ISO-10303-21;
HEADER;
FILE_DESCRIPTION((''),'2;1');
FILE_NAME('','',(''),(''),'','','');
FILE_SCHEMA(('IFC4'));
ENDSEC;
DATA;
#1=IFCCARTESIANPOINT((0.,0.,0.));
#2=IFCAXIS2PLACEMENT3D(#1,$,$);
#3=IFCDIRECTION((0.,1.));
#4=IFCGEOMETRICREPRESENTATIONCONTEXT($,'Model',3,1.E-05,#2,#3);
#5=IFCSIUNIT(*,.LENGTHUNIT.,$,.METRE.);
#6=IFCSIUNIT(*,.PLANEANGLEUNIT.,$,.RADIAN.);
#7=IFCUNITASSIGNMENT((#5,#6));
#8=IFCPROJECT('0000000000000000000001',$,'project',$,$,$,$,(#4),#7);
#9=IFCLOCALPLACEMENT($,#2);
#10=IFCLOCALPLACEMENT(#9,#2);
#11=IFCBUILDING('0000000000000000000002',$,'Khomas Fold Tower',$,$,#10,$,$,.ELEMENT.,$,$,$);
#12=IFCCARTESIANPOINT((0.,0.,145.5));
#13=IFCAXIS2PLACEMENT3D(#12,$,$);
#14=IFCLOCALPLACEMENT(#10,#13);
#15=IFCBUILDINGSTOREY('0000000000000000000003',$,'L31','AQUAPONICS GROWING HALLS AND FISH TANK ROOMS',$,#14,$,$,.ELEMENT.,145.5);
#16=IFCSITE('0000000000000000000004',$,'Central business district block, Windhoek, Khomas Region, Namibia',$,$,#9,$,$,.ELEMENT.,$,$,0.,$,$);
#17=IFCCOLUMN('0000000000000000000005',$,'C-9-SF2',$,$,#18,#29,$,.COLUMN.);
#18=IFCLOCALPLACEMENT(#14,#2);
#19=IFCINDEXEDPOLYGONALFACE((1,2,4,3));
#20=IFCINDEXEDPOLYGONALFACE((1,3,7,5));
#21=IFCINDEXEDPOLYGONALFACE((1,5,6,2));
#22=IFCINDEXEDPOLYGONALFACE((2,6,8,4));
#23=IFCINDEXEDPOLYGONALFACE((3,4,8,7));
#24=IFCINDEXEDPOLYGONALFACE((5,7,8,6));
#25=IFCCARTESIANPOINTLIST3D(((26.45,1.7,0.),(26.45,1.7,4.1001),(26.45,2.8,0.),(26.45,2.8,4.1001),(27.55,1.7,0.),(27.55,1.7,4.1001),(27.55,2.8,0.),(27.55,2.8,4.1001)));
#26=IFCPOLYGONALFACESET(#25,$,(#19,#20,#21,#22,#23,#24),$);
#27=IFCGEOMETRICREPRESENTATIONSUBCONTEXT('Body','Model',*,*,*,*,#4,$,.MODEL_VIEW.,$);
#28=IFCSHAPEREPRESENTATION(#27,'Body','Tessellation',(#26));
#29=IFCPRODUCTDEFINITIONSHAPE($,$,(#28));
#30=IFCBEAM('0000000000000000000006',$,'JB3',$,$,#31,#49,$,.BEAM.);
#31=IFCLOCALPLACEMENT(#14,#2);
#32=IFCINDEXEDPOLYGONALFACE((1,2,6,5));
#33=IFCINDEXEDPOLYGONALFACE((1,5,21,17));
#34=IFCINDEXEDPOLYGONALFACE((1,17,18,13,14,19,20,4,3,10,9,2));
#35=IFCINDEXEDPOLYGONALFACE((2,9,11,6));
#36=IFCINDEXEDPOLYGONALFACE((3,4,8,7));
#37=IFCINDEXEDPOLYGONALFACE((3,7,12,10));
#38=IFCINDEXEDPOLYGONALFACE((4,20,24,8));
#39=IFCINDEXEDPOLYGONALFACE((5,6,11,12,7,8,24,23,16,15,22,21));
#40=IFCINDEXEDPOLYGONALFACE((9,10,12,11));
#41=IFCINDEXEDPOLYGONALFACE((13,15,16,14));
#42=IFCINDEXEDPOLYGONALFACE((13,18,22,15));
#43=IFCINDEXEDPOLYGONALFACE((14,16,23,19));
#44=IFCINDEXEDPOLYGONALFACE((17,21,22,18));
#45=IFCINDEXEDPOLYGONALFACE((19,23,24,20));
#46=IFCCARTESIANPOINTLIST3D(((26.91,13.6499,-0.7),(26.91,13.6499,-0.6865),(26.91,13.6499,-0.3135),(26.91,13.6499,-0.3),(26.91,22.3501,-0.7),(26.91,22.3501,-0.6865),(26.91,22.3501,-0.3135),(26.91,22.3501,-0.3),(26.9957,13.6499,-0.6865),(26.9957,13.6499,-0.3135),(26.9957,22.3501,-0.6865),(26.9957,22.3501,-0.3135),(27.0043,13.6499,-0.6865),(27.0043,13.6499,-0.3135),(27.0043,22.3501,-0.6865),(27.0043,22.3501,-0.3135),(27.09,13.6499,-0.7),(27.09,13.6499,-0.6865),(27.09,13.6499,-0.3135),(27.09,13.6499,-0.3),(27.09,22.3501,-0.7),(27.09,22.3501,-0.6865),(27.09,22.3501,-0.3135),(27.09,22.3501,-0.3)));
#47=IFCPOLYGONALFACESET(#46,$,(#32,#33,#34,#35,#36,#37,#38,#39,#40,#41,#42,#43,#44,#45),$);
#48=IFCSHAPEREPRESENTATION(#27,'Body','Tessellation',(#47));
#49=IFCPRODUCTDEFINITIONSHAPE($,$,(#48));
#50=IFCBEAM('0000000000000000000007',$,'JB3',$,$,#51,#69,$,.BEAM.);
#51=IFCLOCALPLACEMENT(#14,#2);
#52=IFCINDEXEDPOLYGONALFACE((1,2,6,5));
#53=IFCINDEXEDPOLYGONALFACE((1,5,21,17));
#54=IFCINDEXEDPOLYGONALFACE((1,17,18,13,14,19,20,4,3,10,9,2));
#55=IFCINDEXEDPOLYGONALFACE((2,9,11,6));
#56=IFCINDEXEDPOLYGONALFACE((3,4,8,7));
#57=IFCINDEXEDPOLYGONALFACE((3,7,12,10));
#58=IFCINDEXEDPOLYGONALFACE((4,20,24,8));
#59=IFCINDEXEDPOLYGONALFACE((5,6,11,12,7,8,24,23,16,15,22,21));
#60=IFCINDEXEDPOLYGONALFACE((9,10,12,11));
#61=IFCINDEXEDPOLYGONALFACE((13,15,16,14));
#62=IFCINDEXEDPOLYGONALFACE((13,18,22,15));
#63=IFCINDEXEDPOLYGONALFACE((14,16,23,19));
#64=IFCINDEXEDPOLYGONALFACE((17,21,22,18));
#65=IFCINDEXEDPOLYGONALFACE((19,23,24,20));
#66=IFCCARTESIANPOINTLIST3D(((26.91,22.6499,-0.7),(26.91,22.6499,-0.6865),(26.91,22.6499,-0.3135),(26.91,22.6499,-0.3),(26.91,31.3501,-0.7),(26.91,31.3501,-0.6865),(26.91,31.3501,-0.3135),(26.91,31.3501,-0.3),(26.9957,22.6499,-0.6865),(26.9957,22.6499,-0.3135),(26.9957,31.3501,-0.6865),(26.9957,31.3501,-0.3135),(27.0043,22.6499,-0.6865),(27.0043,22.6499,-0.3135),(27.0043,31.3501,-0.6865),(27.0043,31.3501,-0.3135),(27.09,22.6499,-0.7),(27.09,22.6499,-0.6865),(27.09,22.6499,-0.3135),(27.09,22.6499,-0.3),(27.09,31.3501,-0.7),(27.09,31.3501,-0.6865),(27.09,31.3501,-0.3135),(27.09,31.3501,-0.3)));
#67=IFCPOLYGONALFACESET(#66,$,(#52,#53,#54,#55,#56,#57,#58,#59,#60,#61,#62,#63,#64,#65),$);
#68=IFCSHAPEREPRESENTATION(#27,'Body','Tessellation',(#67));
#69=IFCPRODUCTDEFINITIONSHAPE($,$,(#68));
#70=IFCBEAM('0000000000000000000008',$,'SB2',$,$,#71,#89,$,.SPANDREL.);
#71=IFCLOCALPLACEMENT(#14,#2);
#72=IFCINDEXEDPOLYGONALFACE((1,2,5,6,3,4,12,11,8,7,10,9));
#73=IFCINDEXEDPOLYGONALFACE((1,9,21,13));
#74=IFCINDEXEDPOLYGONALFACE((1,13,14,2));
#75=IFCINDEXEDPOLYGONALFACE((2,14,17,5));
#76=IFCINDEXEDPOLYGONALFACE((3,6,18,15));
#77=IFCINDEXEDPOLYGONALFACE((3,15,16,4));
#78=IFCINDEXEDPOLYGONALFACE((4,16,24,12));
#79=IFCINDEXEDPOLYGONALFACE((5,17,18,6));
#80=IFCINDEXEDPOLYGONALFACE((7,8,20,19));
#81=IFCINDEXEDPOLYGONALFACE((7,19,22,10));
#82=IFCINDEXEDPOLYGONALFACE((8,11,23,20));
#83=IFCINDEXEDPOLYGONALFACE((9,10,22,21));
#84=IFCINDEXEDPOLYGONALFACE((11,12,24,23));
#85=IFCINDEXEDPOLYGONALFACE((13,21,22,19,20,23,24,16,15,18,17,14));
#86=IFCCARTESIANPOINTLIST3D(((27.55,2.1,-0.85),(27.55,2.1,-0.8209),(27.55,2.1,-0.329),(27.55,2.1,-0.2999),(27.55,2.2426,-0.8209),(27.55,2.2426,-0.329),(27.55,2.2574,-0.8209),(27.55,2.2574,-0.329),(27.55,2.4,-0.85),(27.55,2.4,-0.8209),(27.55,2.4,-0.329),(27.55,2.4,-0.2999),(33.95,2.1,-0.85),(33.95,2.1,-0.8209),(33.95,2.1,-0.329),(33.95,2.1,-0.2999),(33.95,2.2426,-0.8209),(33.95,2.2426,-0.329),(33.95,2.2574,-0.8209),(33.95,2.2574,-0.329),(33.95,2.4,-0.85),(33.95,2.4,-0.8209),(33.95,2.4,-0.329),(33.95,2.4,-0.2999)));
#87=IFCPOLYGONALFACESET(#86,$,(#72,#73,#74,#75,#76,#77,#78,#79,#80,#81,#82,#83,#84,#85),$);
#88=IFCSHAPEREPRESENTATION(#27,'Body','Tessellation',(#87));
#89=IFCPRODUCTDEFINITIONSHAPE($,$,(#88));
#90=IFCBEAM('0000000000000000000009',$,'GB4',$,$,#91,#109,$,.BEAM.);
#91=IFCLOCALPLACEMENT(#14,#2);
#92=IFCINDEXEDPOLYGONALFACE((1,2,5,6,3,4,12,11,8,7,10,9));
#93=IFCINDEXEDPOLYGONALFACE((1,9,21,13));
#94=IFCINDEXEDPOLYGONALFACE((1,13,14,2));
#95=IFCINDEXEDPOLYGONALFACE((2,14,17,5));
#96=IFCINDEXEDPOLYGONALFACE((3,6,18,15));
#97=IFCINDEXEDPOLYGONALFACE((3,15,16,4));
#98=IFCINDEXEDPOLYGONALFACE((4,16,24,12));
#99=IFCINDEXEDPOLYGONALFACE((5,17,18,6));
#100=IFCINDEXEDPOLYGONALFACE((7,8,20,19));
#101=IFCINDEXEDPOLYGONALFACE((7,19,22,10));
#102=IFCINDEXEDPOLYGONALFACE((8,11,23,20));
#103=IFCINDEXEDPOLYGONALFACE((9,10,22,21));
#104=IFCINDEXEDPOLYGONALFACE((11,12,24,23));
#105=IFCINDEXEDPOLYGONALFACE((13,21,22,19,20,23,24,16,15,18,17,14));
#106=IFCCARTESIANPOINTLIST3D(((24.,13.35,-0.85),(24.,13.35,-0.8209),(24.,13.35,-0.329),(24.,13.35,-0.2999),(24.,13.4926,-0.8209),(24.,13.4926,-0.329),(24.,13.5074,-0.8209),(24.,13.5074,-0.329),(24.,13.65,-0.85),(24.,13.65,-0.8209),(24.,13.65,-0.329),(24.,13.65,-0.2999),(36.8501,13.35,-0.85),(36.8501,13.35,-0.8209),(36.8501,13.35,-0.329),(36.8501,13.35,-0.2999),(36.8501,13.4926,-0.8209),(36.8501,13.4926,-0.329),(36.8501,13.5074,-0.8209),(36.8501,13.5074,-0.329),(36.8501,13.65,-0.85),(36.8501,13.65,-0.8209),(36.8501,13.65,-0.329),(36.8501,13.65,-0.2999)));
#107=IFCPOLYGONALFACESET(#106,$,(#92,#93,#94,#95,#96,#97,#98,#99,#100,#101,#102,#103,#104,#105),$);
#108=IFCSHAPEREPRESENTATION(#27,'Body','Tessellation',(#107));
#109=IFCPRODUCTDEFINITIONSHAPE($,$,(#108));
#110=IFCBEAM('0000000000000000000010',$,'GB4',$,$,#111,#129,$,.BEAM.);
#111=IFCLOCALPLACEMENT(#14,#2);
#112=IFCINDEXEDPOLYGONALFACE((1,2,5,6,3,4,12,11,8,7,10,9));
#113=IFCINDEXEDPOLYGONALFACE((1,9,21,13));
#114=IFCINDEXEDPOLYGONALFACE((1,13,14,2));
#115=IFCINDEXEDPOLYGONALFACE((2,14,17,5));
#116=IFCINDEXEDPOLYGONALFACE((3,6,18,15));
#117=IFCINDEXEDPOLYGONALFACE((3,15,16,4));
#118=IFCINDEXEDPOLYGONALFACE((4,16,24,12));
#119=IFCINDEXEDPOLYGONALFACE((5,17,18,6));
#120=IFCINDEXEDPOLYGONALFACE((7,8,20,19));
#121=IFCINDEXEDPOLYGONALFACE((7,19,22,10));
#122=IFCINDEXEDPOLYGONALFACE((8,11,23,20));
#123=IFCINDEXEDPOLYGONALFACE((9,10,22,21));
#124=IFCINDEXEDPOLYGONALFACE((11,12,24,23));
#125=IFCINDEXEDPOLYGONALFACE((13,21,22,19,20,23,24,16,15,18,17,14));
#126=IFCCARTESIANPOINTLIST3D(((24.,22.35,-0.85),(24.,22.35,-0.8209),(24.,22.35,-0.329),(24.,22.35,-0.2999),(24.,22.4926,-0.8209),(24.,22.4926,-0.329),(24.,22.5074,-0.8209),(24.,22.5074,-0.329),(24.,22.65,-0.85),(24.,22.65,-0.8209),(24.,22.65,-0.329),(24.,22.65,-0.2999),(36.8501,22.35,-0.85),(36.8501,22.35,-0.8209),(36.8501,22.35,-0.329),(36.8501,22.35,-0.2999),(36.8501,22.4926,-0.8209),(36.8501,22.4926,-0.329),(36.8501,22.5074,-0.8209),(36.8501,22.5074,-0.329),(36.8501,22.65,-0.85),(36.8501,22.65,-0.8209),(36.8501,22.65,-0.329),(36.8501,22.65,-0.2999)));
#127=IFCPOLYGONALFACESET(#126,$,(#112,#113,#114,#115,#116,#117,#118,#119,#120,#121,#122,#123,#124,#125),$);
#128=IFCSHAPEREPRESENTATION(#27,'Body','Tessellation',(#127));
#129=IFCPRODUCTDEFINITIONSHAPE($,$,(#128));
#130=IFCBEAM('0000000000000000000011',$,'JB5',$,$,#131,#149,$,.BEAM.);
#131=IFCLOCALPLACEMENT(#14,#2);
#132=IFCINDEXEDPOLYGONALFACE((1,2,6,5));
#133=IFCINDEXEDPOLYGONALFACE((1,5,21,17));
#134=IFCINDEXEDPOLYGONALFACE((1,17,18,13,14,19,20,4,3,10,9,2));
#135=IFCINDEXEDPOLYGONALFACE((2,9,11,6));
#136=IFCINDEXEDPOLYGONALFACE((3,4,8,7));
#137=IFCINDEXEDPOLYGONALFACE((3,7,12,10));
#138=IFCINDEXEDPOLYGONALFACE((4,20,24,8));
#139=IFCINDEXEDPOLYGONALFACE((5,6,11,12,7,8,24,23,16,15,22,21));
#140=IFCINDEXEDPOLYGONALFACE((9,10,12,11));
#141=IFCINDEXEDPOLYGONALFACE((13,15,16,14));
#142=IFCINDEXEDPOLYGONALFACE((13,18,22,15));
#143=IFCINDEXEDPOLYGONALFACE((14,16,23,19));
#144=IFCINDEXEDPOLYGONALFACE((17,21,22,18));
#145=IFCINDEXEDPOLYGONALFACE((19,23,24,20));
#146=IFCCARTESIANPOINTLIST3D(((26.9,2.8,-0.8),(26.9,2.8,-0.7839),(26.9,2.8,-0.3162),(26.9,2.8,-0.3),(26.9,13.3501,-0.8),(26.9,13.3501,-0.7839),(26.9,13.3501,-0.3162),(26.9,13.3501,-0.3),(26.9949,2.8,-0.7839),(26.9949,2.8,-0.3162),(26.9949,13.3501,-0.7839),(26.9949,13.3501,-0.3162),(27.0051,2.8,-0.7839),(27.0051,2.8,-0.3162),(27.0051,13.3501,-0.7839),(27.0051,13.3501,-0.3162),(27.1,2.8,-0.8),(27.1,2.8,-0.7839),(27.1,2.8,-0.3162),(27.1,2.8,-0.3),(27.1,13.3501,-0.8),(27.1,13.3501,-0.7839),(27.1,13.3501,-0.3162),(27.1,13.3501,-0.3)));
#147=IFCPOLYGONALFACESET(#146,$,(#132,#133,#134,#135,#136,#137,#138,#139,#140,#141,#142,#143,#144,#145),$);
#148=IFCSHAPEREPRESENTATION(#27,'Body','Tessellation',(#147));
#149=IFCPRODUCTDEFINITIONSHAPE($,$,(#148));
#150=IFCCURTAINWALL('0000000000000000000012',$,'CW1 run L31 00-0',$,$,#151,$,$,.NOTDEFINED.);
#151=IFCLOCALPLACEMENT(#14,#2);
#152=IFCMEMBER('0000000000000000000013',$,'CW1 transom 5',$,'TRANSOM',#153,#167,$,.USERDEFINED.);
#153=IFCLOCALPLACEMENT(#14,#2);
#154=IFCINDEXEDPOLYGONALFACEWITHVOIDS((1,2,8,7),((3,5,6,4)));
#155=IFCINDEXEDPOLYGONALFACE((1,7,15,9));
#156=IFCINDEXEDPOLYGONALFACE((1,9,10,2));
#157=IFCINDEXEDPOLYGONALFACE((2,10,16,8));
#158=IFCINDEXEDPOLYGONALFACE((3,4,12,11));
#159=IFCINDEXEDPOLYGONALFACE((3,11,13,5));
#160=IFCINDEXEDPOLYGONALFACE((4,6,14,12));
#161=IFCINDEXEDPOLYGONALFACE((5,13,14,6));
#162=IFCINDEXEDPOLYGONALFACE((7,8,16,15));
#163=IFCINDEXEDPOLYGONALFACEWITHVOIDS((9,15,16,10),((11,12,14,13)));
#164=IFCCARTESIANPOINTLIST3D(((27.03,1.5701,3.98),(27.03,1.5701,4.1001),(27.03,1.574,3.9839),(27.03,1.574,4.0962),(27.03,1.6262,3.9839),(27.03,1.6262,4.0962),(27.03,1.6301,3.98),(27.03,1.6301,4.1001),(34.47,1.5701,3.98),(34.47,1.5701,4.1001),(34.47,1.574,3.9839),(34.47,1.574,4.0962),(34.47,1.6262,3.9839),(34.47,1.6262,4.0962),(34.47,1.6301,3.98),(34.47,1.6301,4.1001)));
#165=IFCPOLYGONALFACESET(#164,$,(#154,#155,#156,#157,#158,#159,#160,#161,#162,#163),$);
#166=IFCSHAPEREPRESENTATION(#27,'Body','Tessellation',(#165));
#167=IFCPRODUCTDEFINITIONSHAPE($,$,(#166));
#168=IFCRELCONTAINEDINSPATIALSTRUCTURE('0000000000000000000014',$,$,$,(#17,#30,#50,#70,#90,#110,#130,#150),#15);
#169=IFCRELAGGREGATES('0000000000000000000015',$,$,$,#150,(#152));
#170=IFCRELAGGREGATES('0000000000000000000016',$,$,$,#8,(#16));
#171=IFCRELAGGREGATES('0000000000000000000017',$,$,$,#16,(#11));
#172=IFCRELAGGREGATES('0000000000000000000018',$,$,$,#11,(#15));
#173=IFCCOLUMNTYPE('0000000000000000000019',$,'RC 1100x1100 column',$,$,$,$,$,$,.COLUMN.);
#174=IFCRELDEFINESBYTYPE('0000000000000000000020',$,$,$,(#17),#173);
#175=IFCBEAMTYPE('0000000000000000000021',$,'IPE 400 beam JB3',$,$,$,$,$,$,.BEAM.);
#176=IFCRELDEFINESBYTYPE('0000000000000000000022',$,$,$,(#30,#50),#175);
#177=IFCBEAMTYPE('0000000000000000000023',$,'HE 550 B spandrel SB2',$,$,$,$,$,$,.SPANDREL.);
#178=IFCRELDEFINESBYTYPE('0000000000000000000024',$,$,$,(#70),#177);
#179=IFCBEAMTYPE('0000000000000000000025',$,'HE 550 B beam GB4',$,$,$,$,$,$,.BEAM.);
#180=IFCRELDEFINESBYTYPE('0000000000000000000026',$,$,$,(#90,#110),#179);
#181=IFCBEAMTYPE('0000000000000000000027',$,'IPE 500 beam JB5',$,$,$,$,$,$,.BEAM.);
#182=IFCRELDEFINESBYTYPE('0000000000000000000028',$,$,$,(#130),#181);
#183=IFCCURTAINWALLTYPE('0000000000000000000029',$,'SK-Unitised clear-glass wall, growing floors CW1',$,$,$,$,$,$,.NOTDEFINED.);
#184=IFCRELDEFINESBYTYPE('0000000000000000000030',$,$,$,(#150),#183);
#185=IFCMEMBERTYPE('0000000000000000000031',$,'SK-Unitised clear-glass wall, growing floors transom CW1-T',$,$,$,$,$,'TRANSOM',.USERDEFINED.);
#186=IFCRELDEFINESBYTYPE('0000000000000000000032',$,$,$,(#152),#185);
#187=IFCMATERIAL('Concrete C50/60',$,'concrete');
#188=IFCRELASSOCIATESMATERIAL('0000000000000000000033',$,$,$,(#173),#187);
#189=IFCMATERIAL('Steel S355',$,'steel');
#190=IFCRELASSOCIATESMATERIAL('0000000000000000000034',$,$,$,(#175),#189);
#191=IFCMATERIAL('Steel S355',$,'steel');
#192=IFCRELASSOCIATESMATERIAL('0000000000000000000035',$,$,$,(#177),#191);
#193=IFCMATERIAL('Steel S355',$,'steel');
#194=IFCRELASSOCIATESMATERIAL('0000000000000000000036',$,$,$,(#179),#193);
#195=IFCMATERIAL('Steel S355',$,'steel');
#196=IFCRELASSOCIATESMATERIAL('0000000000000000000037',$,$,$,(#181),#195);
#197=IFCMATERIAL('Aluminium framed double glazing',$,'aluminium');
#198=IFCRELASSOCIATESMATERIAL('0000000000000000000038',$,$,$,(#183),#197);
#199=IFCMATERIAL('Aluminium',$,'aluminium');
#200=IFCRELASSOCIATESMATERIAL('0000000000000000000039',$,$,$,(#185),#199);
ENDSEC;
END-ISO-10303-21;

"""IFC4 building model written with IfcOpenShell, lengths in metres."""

from ifc_helpers import new_model, si_unit, direction, frame, origin, origin_2d, place, context, subcontext, project, spatial, rectangle, hollow_rectangle, i_section, extrude, source, transform, mapped, material, material_profile, profile_set, type_object, element, aggregate, save


model = new_model("IFC4")

# Units and contexts
model_context = context("Model", 3, precision=1e-05, world=origin(), true_north=direction((0.0, 1.0)))
body_context = subcontext(model_context, "Body", "Model", "MODEL_VIEW")
ifc_project = project(units=[si_unit("LENGTHUNIT", "METRE"), si_unit("PLANEANGLEUNIT", "RADIAN")], contexts=[model_context])

# Site, building, storey
site_placement = place(None, origin())
site = spatial("IfcSite", under=ifc_project, at=site_placement, Name="Central business district block, Windhoek, Khomas Region, Namibia", CompositionType="ELEMENT", RefElevation=0.0)
building_placement = place(site_placement, origin())
building = spatial("IfcBuilding", under=site, at=building_placement, Name="Khomas Fold Tower", CompositionType="ELEMENT")
storey_placement = place(building_placement, frame((0.0, 0.0, 145.5)))
storey = spatial("IfcBuildingStorey", under=building, at=storey_placement, Name="L31", Description="AQUAPONICS GROWING HALLS AND FISH TANK ROOMS", CompositionType="ELEMENT", Elevation=145.5)

# Column
ifc_material_1 = material(Name="Concrete C50/60", Category="concrete")
ifc_material_profile_1 = material_profile(ifc_material_1, rectangle(XDim=1.1001, YDim=1.1001, at=origin_2d()), Name="RC 1100x1100")
ifc_profile_set_1 = profile_set([ifc_material_profile_1], Name="Concrete C50/60")
column_type = type_object("IfcColumnType", Name="RC 1100x1100 column", PredefinedType="COLUMN", material=ifc_profile_set_1)
shared_shape_1 = source(origin(), body_context, "Body", "SweptSolid", [
    extrude(rectangle(XDim=1.1001, YDim=1.1001, at=origin_2d()), origin(), (0.0, 0.0, 1.0), 4.1001),
])
column_placement = place(storey_placement, frame((27.0, 2.25, 0.0), z_axis=(0.0, 0.0, 1.0), x_axis=(1.0, 0.0, 0.0)))
element("IfcColumn", 1, at=column_placement, inside=storey, type_object=column_type, Name="C-9-SF2", PredefinedType="COLUMN", context=body_context, shape_type="MappedRepresentation", body=[
    mapped(shared_shape_1, transform((0.0, 0.0, 0.0))),
])

# Beams
ifc_material_2 = material(Name="Steel S355", Category="steel")
ifc_material_profile_2 = material_profile(ifc_material_2, i_section(OverallWidth=0.1799, OverallDepth=0.3999, WebThickness=0.0085, FlangeThickness=0.0134, at=origin_2d()), Name="IPE 400")
ifc_profile_set_2 = profile_set([ifc_material_profile_2], Name="Steel S355")
beam_type_1 = type_object("IfcBeamType", Name="IPE 400 beam JB3", PredefinedType="BEAM", material=ifc_profile_set_2)
shared_shape_2 = source(origin(), body_context, "Body", "SweptSolid", [
    extrude(i_section(OverallWidth=0.1799, OverallDepth=0.3999, WebThickness=0.0085, FlangeThickness=0.0134, at=origin_2d()), origin(), (0.0, 0.0, 1.0), 8.7002),
])
for number, where, z_axis, x_axis, name in (
    (2, (27.0, 13.6499, -0.5), (0.0, 1.0, 0.0), (-1.0, 0.0, 0.0), "JB3"),
    (3, (27.0, 22.6499, -0.5), (0.0, 1.0, 0.0), (-1.0, 0.0, 0.0), "JB3"),
):
    element("IfcBeam", number, at=place(storey_placement, frame(where, z_axis=z_axis, x_axis=x_axis)), inside=storey, type_object=beam_type_1, Name=name, PredefinedType="BEAM", context=body_context, shape_type="MappedRepresentation", body=[
        mapped(shared_shape_2, transform((0.0, 0.0, 0.0))),
    ])
ifc_material_3 = material(Name="Steel S355", Category="steel")
ifc_material_profile_3 = material_profile(ifc_material_3, i_section(OverallWidth=0.3, OverallDepth=0.55, WebThickness=0.0149, FlangeThickness=0.0291, at=origin_2d()), Name="HE 550 B")
ifc_profile_set_3 = profile_set([ifc_material_profile_3], Name="Steel S355")
beam_type_2 = type_object("IfcBeamType", Name="HE 550 B spandrel SB2", PredefinedType="SPANDREL", material=ifc_profile_set_3)
shared_shape_3 = source(origin(), body_context, "Body", "SweptSolid", [
    extrude(i_section(OverallWidth=0.3, OverallDepth=0.55, WebThickness=0.0149, FlangeThickness=0.0291, at=origin_2d()), origin(), (0.0, 0.0, 1.0), 6.3999),
])
beam_1_placement = place(storey_placement, frame((27.55, 2.25, -0.575), z_axis=(1.0, 0.0, 0.0), x_axis=(0.0, 1.0, 0.0)))
element("IfcBeam", 4, at=beam_1_placement, inside=storey, type_object=beam_type_2, Name="SB2", PredefinedType="SPANDREL", context=body_context, shape_type="MappedRepresentation", body=[
    mapped(shared_shape_3, transform((0.0, 0.0, 0.0))),
])
ifc_material_4 = material(Name="Steel S355", Category="steel")
ifc_material_profile_4 = material_profile(ifc_material_4, i_section(OverallWidth=0.3, OverallDepth=0.55, WebThickness=0.0149, FlangeThickness=0.0291, at=origin_2d()), Name="HE 550 B")
ifc_profile_set_4 = profile_set([ifc_material_profile_4], Name="Steel S355")
beam_type_3 = type_object("IfcBeamType", Name="HE 550 B beam GB4", PredefinedType="BEAM", material=ifc_profile_set_4)
shared_shape_4 = source(origin(), body_context, "Body", "SweptSolid", [
    extrude(i_section(OverallWidth=0.3, OverallDepth=0.55, WebThickness=0.0149, FlangeThickness=0.0291, at=origin_2d()), origin(), (0.0, 0.0, 1.0), 12.8501),
])
for number, where, z_axis, x_axis, name in (
    (5, (24.0, 13.5, -0.575), (1.0, 0.0, 0.0), (0.0, 1.0, 0.0), "GB4"),
    (6, (24.0, 22.5, -0.575), (1.0, 0.0, 0.0), (0.0, 1.0, 0.0), "GB4"),
):
    element("IfcBeam", number, at=place(storey_placement, frame(where, z_axis=z_axis, x_axis=x_axis)), inside=storey, type_object=beam_type_3, Name=name, PredefinedType="BEAM", context=body_context, shape_type="MappedRepresentation", body=[
        mapped(shared_shape_4, transform((0.0, 0.0, 0.0))),
    ])
ifc_material_5 = material(Name="Steel S355", Category="steel")
ifc_material_profile_5 = material_profile(ifc_material_5, i_section(OverallWidth=0.2, OverallDepth=0.5, WebThickness=0.0103, FlangeThickness=0.0161, at=origin_2d()), Name="IPE 500")
ifc_profile_set_5 = profile_set([ifc_material_profile_5], Name="Steel S355")
beam_type_4 = type_object("IfcBeamType", Name="IPE 500 beam JB5", PredefinedType="BEAM", material=ifc_profile_set_5)
shared_shape_5 = source(origin(), body_context, "Body", "SweptSolid", [
    extrude(i_section(OverallWidth=0.2, OverallDepth=0.5, WebThickness=0.0103, FlangeThickness=0.0161, at=origin_2d()), origin(), (0.0, 0.0, 1.0), 10.55),
])
beam_2_placement = place(storey_placement, frame((27.0, 2.8, -0.55), z_axis=(0.0, 1.0, 0.0), x_axis=(-1.0, 0.0, 0.0)))
element("IfcBeam", 7, at=beam_2_placement, inside=storey, type_object=beam_type_4, Name="JB5", PredefinedType="BEAM", context=body_context, shape_type="MappedRepresentation", body=[
    mapped(shared_shape_5, transform((0.0, 0.0, 0.0))),
])

# Curtain wall, member
ifc_material_6 = material(Name="Aluminium framed double glazing", Category="aluminium")
curtain_wall_type = type_object("IfcCurtainWallType", Name="SK-Unitised clear-glass wall, growing floors CW1", PredefinedType="NOTDEFINED", material=ifc_material_6)
curtain_wall_placement = place(storey_placement, origin())
curtain_wall = element("IfcCurtainWall", 8, at=curtain_wall_placement, inside=storey, type_object=curtain_wall_type, Name="CW1 run L31 00-0", PredefinedType="NOTDEFINED")
ifc_material_7 = material(Name="Aluminium", Category="aluminium")
ifc_material_profile_6 = material_profile(ifc_material_7, hollow_rectangle(XDim=0.0601, YDim=0.1201, WallThickness=0.0039, at=origin_2d()), Name="SK-Unitised clear-glass wall, growing floors transom CW1-T")
ifc_profile_set_6 = profile_set([ifc_material_profile_6], Name="Aluminium")
member_type_1 = type_object("IfcMemberType", Name="SK-Unitised clear-glass wall, growing floors transom CW1-T", ElementType="TRANSOM", PredefinedType="USERDEFINED", material=ifc_profile_set_6)
shared_shape_6 = source(origin(), body_context, "Body", "SweptSolid", [
    extrude(hollow_rectangle(XDim=0.0601, YDim=0.1201, WallThickness=0.0039, at=origin_2d()), origin(), (0.0, 0.0, 1.0), 7.4399),
])
member_1_placement = place(storey_placement, frame((27.03, 1.6001, 4.04), z_axis=(1.0, 0.0, 0.0), x_axis=(0.0, 1.0, 0.0)))
member_1 = element("IfcMember", 9, at=member_1_placement, type_object=member_type_1, Name="CW1 transom 5", ObjectType="TRANSOM", PredefinedType="USERDEFINED", context=body_context, shape_type="MappedRepresentation", body=[
    mapped(shared_shape_6, transform((0.0, 0.0, 0.0))),
])
aggregate(curtain_wall, [member_1])

save(model, "model.ifc")
